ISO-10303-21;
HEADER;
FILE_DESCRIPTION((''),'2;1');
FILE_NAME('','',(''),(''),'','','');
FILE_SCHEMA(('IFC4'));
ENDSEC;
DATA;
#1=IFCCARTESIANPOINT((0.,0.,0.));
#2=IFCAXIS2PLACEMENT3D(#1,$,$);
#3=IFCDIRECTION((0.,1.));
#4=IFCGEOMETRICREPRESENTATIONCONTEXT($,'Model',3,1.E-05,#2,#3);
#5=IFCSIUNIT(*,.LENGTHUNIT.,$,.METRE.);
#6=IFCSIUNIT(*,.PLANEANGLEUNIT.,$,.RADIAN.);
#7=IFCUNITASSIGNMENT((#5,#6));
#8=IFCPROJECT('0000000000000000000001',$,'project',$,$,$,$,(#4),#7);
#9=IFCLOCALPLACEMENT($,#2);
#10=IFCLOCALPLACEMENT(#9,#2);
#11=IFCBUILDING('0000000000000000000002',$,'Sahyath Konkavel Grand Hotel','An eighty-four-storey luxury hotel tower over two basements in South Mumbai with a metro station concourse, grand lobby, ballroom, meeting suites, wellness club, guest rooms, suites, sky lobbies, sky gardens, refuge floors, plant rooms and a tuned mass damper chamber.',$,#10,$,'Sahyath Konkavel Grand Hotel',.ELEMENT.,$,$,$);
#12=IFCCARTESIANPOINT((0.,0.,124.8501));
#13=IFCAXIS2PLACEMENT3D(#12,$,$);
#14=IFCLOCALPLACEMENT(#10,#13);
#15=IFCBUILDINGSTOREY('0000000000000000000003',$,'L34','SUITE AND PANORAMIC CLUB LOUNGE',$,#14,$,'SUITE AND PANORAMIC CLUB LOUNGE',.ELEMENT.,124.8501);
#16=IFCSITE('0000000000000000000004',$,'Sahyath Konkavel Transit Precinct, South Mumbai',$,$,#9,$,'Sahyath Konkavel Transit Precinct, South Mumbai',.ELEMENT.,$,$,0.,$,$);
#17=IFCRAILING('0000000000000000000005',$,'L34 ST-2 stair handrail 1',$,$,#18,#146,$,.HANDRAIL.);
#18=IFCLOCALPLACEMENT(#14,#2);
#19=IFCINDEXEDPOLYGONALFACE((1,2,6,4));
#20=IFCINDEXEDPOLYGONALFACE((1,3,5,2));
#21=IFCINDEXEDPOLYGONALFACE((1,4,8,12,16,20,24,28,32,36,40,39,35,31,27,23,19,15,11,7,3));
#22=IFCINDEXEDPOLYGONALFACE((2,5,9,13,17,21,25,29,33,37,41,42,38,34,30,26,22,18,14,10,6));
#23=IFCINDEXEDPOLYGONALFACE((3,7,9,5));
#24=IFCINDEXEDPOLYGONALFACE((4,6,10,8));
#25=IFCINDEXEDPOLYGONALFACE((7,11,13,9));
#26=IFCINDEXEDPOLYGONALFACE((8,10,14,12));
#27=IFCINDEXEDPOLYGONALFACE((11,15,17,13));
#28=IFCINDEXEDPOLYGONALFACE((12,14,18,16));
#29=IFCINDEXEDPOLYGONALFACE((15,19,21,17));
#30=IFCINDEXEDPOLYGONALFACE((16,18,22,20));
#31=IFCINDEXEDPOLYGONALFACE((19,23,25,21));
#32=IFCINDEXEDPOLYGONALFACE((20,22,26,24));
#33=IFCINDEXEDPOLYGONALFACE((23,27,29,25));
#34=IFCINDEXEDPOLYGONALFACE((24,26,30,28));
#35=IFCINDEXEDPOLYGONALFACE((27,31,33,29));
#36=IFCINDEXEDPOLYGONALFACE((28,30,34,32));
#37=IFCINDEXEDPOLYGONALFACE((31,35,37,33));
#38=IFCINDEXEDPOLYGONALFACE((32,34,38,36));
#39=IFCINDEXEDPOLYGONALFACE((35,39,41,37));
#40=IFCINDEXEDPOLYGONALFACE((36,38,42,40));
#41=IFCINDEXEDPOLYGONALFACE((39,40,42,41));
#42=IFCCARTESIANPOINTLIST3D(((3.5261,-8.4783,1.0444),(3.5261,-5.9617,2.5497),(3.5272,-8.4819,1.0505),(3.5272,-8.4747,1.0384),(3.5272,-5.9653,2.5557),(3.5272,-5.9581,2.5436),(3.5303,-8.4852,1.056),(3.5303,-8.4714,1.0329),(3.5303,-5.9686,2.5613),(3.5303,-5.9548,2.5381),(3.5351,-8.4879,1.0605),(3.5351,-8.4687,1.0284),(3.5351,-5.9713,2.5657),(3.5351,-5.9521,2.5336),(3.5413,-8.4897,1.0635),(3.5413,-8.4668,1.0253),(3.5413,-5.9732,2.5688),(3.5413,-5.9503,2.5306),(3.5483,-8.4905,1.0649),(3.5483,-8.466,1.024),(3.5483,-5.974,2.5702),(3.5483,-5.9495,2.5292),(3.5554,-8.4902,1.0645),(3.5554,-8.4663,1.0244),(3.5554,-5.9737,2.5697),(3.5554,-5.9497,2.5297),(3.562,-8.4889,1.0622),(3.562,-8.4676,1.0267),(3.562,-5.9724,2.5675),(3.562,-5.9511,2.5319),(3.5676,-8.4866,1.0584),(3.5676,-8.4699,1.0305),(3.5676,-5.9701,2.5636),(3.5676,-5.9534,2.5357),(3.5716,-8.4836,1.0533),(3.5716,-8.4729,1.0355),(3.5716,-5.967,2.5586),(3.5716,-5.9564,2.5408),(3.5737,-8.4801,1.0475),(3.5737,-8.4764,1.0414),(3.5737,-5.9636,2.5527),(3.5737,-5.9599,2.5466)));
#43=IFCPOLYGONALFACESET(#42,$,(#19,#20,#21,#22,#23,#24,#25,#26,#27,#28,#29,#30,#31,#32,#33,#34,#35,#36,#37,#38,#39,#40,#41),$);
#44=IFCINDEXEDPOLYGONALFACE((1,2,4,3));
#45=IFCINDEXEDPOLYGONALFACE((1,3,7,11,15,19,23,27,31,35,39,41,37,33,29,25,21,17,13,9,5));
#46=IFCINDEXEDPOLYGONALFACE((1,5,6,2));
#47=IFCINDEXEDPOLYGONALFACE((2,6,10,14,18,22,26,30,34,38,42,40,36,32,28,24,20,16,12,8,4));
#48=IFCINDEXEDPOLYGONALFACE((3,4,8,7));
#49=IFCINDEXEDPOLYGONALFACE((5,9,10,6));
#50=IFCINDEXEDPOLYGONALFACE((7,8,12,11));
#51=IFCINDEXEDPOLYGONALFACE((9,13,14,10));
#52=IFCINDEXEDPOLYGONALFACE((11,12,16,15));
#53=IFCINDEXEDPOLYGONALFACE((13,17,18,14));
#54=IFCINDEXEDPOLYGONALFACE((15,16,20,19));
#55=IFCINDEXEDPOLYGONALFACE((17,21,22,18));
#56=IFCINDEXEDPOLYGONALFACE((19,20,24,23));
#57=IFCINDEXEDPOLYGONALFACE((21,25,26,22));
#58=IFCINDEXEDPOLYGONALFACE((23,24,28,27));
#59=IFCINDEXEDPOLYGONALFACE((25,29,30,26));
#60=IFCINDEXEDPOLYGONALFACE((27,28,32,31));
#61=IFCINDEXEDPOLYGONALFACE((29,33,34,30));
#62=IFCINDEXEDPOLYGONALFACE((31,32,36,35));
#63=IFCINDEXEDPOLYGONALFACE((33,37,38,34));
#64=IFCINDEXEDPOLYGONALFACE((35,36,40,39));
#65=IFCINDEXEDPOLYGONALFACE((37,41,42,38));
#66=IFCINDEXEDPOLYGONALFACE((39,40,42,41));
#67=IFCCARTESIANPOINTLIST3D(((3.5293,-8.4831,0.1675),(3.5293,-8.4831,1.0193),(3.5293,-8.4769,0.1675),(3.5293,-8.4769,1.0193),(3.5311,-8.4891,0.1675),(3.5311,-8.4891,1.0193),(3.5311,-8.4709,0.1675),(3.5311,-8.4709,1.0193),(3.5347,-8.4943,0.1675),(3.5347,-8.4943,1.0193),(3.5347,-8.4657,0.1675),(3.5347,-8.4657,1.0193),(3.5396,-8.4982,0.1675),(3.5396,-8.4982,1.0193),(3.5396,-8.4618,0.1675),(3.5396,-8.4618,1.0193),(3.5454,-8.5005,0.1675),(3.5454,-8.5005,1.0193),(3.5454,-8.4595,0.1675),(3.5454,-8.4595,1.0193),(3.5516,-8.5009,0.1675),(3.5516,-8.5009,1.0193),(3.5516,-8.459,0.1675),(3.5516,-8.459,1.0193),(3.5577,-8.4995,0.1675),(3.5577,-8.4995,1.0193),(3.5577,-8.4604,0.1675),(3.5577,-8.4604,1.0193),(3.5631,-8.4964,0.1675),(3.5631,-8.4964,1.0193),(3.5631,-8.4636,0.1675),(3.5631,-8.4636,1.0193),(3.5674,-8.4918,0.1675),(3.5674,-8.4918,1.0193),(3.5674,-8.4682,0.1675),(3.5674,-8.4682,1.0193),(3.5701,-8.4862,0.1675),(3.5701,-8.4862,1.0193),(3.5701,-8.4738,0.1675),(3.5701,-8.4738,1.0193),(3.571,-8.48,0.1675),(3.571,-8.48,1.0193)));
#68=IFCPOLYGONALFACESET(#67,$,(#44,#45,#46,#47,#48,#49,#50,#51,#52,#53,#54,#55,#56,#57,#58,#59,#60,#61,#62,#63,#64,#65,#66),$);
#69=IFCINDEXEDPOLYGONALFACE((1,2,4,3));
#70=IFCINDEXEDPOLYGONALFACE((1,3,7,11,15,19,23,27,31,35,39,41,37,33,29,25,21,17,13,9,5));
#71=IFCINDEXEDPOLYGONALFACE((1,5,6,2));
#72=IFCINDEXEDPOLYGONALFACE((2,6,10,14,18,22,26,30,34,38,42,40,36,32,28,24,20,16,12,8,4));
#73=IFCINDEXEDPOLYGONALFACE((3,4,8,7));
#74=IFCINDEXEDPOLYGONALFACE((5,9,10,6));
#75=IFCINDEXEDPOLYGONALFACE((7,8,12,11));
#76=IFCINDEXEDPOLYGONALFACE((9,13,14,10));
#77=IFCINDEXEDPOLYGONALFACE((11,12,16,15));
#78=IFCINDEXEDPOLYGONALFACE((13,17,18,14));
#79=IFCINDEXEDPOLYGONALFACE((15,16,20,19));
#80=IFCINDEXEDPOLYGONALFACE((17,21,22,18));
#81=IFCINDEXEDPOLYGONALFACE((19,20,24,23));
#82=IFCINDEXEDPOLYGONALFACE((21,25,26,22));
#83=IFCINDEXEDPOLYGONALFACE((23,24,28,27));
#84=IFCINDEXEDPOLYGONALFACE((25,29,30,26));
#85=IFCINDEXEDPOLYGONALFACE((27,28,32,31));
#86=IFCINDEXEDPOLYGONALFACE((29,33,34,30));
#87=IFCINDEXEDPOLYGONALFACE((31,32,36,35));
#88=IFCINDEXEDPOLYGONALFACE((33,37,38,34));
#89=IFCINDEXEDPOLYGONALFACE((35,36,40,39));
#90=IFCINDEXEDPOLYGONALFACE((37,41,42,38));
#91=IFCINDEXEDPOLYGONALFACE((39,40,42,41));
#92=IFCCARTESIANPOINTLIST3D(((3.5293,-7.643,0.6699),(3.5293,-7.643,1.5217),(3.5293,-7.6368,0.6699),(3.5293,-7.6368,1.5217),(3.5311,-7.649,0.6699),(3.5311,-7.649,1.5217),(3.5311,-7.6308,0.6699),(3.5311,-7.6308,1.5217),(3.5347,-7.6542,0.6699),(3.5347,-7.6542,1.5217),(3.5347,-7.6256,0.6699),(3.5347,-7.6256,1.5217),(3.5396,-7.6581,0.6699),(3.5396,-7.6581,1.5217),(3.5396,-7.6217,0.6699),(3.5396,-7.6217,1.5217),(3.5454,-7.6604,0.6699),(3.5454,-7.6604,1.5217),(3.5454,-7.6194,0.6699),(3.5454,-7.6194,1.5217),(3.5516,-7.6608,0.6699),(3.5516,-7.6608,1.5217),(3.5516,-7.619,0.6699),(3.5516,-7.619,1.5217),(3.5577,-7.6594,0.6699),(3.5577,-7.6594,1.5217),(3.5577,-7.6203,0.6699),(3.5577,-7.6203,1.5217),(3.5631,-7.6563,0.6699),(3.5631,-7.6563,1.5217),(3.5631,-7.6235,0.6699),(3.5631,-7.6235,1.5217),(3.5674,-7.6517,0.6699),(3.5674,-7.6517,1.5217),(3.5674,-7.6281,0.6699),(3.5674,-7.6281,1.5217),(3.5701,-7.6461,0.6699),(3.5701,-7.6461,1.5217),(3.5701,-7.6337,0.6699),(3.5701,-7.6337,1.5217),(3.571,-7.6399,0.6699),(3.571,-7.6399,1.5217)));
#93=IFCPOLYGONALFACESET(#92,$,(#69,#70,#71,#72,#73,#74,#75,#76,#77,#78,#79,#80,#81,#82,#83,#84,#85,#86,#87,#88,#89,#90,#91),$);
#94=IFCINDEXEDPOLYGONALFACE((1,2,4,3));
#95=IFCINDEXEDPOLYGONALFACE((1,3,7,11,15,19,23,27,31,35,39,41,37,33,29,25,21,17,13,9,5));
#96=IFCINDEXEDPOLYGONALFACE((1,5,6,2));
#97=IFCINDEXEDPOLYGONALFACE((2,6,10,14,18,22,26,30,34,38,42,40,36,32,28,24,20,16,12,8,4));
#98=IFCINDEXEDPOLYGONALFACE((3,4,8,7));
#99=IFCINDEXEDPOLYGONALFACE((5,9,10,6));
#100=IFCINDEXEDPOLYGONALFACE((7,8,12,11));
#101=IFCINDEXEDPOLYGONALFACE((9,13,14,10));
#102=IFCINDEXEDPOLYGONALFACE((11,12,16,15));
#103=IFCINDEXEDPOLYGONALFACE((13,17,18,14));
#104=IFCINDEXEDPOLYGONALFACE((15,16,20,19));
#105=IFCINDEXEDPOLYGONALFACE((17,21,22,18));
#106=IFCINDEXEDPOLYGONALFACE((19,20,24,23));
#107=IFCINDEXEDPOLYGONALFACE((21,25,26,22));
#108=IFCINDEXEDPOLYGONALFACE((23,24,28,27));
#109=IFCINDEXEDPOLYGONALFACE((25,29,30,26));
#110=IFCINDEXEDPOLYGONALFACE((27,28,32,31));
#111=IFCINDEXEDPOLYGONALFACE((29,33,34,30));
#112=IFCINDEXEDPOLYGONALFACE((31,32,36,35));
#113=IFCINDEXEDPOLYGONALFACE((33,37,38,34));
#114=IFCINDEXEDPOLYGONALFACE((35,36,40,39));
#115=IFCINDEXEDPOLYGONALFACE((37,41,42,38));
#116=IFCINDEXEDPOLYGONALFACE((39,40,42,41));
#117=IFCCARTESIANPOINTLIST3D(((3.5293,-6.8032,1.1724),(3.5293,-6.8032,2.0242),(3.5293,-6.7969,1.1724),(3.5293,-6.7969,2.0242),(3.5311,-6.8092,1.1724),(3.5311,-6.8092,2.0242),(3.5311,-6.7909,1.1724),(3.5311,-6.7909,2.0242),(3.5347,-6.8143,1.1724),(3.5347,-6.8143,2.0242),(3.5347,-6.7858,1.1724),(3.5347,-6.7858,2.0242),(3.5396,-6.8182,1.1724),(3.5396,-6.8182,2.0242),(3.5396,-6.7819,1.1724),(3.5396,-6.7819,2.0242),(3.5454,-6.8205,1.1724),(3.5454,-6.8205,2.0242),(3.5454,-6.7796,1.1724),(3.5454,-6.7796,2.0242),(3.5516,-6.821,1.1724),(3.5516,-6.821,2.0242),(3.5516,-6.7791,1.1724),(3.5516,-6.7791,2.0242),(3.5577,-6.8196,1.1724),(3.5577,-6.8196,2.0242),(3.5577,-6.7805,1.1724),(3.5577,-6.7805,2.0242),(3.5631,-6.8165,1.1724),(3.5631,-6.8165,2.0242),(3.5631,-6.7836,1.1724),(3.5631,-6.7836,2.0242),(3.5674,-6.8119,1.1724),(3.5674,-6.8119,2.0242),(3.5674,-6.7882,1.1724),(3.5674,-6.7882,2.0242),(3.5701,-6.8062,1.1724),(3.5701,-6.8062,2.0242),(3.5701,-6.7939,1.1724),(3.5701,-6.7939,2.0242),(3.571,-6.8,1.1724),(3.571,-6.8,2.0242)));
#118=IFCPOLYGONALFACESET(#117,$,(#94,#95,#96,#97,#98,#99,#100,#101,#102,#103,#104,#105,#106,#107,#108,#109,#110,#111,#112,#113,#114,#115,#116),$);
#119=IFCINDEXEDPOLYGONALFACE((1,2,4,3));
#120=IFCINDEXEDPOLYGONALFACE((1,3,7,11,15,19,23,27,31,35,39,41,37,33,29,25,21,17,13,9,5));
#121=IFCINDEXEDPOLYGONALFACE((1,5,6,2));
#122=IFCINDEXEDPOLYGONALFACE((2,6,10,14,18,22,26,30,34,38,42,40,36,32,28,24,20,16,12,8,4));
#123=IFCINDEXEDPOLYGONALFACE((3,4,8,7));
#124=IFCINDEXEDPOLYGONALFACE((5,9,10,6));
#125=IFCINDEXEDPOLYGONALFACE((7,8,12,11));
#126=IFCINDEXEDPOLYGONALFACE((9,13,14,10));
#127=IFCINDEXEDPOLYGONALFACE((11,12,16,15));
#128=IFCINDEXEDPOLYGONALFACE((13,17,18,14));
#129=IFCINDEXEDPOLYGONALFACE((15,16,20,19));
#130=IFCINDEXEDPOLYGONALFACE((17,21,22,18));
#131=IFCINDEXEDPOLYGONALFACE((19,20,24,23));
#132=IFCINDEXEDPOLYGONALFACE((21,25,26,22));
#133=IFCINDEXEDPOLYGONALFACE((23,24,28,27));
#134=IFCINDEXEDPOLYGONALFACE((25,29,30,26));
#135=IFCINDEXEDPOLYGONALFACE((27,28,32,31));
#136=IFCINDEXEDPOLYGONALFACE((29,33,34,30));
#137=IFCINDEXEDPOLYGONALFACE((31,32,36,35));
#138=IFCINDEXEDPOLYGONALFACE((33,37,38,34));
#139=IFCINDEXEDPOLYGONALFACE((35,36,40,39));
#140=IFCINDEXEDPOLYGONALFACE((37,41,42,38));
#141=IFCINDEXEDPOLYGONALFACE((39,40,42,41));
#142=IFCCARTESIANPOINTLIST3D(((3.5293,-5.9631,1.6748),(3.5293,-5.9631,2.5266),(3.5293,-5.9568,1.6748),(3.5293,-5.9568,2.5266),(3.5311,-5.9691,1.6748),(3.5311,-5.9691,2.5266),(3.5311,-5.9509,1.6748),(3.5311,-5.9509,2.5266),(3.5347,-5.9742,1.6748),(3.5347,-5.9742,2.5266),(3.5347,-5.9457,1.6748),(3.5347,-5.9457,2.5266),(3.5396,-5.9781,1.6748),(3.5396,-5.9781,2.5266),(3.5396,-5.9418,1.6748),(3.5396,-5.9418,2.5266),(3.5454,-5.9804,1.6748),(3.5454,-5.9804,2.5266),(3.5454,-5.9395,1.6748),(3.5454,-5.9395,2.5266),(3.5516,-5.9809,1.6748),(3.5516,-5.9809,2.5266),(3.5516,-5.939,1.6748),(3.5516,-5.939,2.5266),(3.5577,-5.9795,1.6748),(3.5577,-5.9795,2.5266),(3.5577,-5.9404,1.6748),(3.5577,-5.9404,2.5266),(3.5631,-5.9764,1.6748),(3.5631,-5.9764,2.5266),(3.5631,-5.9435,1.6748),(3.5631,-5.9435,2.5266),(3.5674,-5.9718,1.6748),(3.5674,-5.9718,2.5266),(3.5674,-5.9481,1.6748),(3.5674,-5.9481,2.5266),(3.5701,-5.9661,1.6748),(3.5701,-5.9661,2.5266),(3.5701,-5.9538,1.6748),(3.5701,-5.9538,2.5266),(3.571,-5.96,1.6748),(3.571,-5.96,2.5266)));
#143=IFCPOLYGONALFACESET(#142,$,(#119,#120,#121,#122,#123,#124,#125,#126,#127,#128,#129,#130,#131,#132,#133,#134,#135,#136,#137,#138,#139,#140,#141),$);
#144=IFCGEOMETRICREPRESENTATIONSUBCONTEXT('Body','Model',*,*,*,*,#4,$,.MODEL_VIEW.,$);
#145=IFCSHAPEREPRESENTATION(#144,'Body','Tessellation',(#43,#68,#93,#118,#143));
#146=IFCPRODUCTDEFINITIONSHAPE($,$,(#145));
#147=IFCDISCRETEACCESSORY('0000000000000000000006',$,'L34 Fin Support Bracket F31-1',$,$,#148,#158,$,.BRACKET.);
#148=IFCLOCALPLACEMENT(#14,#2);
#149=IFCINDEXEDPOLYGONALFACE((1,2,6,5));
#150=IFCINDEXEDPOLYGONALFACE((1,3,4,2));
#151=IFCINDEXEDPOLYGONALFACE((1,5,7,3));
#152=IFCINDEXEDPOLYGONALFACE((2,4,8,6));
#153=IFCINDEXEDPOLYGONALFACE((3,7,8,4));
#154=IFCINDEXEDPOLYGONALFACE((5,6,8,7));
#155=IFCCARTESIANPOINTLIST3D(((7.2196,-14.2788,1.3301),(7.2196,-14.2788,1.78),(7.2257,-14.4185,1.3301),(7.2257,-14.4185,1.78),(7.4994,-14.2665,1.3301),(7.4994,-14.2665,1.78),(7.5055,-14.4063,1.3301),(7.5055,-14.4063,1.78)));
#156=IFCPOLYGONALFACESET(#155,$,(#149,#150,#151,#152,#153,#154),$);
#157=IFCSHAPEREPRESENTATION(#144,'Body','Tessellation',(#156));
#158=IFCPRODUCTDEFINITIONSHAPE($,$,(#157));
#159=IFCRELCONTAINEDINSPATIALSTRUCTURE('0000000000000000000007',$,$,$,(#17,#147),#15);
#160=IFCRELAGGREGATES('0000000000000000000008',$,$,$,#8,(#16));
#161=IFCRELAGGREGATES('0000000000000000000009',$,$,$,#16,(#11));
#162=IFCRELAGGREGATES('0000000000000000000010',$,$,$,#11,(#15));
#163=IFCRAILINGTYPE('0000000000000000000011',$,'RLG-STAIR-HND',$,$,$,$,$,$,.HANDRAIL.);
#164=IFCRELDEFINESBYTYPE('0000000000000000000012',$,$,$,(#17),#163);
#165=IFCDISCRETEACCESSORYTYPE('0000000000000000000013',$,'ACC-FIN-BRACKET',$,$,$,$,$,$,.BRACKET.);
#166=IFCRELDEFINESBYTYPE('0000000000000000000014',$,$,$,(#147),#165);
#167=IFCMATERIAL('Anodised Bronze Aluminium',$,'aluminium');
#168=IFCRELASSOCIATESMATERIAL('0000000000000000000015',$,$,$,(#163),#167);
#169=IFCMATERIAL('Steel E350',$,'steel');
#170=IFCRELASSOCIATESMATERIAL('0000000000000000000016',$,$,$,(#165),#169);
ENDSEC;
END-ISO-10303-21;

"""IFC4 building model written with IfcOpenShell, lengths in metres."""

from ifc_helpers import new_model, si_unit, direction, frame, origin, origin_2d, place, context, subcontext, project, spatial, rectangle, circle, extrude, source, transform, mapped, material, type_object, element, save


model = new_model("IFC4")

# Units and contexts
model_context = context("Model", 3, precision=1e-05, world=origin(), true_north=direction((0.0, 1.0)))
body_context = subcontext(model_context, "Body", "Model", "MODEL_VIEW")
ifc_project = project(units=[si_unit("LENGTHUNIT", "METRE"), si_unit("PLANEANGLEUNIT", "RADIAN")], contexts=[model_context])

# Site, building, storey
site_placement = place(None, origin())
site = spatial("IfcSite", under=ifc_project, at=site_placement, Name="Sahyath Konkavel Transit Precinct, South Mumbai", LongName="Sahyath Konkavel Transit Precinct, South Mumbai", CompositionType="ELEMENT", RefElevation=0.0)
building_placement = place(site_placement, origin())
building = spatial("IfcBuilding", under=site, at=building_placement, Name="Sahyath Konkavel Grand Hotel", Description="An eighty-four-storey luxury hotel tower over two basements in South Mumbai with a metro station concourse, grand lobby, ballroom, meeting suites, wellness club, guest rooms, suites, sky lobbies, sky gardens, refuge floors, plant rooms and a tuned mass damper chamber.", LongName="Sahyath Konkavel Grand Hotel", CompositionType="ELEMENT")
storey_placement = place(building_placement, frame((0.0, 0.0, 124.8501)))
storey = spatial("IfcBuildingStorey", under=building, at=storey_placement, Name="L34", Description="SUITE AND PANORAMIC CLUB LOUNGE", LongName="SUITE AND PANORAMIC CLUB LOUNGE", CompositionType="ELEMENT", Elevation=124.8501)

# Shared definitions
ifc_material_1 = material(Name="Steel E350", Category="steel")

# Shared definitions
ifc_material_2 = material(Name="Anodised Bronze Aluminium", Category="aluminium")

# Railing
railing_type_1 = type_object("IfcRailingType", Name="RLG-STAIR-HND", PredefinedType="HANDRAIL", material=ifc_material_2)
railing_1_placement = place(storey_placement, frame((3.55, -8.48, 0.1675)))
element("IfcRailing", 1, at=railing_1_placement, inside=storey, type_object=railing_type_1, Name="L34 ST-2 stair handrail 1", PredefinedType="HANDRAIL", context=body_context, shape_type="SweptSolid", body=[
    extrude(circle(Radius=0.0239, at=origin_2d()), frame((0.0, 0.0017, 0.877), z_axis=(0.0, 0.858196, 0.513321), x_axis=(-1.0, 0.0, 0.0)), (0.0, 0.0, 1.0), 2.9324),
    extrude(circle(Radius=0.021, at=origin_2d()), origin(), (0.0, 0.0, 1.0), 0.8518),
    extrude(circle(Radius=0.021, at=origin_2d()), frame((0.0, 0.8401, 0.5024)), (0.0, 0.0, 1.0), 0.8518),
    extrude(circle(Radius=0.021, at=origin_2d()), frame((0.0, 1.6799, 1.0049)), (0.0, 0.0, 1.0), 0.8518),
    extrude(circle(Radius=0.021, at=origin_2d()), frame((0.0, 2.52, 1.5073)), (0.0, 0.0, 1.0), 0.8518),
])

# Discrete accessory
discrete_accessory_type = type_object("IfcDiscreteAccessoryType", Name="ACC-FIN-BRACKET", PredefinedType="BRACKET", material=ifc_material_1)
shared_shape_1 = source(origin(), body_context, "Body", "SweptSolid", [
    extrude(rectangle(XDim=0.28, YDim=0.1399, at=origin_2d()), origin(), (0.0, 0.0, 1.0), 0.45),
])
discrete_accessory_placement = place(storey_placement, frame((7.3625, -14.3425, 1.3301), z_axis=(0.0, 0.0, 1.0), x_axis=(0.999048, 0.043619, 0.0)))
element("IfcDiscreteAccessory", 2, at=discrete_accessory_placement, inside=storey, type_object=discrete_accessory_type, Name="L34 Fin Support Bracket F31-1", PredefinedType="BRACKET", context=body_context, shape_type="MappedRepresentation", body=[
    mapped(shared_shape_1, transform((0.0, 0.0, 0.0), scale=1.0)),
])

save(model, "model.ifc")
